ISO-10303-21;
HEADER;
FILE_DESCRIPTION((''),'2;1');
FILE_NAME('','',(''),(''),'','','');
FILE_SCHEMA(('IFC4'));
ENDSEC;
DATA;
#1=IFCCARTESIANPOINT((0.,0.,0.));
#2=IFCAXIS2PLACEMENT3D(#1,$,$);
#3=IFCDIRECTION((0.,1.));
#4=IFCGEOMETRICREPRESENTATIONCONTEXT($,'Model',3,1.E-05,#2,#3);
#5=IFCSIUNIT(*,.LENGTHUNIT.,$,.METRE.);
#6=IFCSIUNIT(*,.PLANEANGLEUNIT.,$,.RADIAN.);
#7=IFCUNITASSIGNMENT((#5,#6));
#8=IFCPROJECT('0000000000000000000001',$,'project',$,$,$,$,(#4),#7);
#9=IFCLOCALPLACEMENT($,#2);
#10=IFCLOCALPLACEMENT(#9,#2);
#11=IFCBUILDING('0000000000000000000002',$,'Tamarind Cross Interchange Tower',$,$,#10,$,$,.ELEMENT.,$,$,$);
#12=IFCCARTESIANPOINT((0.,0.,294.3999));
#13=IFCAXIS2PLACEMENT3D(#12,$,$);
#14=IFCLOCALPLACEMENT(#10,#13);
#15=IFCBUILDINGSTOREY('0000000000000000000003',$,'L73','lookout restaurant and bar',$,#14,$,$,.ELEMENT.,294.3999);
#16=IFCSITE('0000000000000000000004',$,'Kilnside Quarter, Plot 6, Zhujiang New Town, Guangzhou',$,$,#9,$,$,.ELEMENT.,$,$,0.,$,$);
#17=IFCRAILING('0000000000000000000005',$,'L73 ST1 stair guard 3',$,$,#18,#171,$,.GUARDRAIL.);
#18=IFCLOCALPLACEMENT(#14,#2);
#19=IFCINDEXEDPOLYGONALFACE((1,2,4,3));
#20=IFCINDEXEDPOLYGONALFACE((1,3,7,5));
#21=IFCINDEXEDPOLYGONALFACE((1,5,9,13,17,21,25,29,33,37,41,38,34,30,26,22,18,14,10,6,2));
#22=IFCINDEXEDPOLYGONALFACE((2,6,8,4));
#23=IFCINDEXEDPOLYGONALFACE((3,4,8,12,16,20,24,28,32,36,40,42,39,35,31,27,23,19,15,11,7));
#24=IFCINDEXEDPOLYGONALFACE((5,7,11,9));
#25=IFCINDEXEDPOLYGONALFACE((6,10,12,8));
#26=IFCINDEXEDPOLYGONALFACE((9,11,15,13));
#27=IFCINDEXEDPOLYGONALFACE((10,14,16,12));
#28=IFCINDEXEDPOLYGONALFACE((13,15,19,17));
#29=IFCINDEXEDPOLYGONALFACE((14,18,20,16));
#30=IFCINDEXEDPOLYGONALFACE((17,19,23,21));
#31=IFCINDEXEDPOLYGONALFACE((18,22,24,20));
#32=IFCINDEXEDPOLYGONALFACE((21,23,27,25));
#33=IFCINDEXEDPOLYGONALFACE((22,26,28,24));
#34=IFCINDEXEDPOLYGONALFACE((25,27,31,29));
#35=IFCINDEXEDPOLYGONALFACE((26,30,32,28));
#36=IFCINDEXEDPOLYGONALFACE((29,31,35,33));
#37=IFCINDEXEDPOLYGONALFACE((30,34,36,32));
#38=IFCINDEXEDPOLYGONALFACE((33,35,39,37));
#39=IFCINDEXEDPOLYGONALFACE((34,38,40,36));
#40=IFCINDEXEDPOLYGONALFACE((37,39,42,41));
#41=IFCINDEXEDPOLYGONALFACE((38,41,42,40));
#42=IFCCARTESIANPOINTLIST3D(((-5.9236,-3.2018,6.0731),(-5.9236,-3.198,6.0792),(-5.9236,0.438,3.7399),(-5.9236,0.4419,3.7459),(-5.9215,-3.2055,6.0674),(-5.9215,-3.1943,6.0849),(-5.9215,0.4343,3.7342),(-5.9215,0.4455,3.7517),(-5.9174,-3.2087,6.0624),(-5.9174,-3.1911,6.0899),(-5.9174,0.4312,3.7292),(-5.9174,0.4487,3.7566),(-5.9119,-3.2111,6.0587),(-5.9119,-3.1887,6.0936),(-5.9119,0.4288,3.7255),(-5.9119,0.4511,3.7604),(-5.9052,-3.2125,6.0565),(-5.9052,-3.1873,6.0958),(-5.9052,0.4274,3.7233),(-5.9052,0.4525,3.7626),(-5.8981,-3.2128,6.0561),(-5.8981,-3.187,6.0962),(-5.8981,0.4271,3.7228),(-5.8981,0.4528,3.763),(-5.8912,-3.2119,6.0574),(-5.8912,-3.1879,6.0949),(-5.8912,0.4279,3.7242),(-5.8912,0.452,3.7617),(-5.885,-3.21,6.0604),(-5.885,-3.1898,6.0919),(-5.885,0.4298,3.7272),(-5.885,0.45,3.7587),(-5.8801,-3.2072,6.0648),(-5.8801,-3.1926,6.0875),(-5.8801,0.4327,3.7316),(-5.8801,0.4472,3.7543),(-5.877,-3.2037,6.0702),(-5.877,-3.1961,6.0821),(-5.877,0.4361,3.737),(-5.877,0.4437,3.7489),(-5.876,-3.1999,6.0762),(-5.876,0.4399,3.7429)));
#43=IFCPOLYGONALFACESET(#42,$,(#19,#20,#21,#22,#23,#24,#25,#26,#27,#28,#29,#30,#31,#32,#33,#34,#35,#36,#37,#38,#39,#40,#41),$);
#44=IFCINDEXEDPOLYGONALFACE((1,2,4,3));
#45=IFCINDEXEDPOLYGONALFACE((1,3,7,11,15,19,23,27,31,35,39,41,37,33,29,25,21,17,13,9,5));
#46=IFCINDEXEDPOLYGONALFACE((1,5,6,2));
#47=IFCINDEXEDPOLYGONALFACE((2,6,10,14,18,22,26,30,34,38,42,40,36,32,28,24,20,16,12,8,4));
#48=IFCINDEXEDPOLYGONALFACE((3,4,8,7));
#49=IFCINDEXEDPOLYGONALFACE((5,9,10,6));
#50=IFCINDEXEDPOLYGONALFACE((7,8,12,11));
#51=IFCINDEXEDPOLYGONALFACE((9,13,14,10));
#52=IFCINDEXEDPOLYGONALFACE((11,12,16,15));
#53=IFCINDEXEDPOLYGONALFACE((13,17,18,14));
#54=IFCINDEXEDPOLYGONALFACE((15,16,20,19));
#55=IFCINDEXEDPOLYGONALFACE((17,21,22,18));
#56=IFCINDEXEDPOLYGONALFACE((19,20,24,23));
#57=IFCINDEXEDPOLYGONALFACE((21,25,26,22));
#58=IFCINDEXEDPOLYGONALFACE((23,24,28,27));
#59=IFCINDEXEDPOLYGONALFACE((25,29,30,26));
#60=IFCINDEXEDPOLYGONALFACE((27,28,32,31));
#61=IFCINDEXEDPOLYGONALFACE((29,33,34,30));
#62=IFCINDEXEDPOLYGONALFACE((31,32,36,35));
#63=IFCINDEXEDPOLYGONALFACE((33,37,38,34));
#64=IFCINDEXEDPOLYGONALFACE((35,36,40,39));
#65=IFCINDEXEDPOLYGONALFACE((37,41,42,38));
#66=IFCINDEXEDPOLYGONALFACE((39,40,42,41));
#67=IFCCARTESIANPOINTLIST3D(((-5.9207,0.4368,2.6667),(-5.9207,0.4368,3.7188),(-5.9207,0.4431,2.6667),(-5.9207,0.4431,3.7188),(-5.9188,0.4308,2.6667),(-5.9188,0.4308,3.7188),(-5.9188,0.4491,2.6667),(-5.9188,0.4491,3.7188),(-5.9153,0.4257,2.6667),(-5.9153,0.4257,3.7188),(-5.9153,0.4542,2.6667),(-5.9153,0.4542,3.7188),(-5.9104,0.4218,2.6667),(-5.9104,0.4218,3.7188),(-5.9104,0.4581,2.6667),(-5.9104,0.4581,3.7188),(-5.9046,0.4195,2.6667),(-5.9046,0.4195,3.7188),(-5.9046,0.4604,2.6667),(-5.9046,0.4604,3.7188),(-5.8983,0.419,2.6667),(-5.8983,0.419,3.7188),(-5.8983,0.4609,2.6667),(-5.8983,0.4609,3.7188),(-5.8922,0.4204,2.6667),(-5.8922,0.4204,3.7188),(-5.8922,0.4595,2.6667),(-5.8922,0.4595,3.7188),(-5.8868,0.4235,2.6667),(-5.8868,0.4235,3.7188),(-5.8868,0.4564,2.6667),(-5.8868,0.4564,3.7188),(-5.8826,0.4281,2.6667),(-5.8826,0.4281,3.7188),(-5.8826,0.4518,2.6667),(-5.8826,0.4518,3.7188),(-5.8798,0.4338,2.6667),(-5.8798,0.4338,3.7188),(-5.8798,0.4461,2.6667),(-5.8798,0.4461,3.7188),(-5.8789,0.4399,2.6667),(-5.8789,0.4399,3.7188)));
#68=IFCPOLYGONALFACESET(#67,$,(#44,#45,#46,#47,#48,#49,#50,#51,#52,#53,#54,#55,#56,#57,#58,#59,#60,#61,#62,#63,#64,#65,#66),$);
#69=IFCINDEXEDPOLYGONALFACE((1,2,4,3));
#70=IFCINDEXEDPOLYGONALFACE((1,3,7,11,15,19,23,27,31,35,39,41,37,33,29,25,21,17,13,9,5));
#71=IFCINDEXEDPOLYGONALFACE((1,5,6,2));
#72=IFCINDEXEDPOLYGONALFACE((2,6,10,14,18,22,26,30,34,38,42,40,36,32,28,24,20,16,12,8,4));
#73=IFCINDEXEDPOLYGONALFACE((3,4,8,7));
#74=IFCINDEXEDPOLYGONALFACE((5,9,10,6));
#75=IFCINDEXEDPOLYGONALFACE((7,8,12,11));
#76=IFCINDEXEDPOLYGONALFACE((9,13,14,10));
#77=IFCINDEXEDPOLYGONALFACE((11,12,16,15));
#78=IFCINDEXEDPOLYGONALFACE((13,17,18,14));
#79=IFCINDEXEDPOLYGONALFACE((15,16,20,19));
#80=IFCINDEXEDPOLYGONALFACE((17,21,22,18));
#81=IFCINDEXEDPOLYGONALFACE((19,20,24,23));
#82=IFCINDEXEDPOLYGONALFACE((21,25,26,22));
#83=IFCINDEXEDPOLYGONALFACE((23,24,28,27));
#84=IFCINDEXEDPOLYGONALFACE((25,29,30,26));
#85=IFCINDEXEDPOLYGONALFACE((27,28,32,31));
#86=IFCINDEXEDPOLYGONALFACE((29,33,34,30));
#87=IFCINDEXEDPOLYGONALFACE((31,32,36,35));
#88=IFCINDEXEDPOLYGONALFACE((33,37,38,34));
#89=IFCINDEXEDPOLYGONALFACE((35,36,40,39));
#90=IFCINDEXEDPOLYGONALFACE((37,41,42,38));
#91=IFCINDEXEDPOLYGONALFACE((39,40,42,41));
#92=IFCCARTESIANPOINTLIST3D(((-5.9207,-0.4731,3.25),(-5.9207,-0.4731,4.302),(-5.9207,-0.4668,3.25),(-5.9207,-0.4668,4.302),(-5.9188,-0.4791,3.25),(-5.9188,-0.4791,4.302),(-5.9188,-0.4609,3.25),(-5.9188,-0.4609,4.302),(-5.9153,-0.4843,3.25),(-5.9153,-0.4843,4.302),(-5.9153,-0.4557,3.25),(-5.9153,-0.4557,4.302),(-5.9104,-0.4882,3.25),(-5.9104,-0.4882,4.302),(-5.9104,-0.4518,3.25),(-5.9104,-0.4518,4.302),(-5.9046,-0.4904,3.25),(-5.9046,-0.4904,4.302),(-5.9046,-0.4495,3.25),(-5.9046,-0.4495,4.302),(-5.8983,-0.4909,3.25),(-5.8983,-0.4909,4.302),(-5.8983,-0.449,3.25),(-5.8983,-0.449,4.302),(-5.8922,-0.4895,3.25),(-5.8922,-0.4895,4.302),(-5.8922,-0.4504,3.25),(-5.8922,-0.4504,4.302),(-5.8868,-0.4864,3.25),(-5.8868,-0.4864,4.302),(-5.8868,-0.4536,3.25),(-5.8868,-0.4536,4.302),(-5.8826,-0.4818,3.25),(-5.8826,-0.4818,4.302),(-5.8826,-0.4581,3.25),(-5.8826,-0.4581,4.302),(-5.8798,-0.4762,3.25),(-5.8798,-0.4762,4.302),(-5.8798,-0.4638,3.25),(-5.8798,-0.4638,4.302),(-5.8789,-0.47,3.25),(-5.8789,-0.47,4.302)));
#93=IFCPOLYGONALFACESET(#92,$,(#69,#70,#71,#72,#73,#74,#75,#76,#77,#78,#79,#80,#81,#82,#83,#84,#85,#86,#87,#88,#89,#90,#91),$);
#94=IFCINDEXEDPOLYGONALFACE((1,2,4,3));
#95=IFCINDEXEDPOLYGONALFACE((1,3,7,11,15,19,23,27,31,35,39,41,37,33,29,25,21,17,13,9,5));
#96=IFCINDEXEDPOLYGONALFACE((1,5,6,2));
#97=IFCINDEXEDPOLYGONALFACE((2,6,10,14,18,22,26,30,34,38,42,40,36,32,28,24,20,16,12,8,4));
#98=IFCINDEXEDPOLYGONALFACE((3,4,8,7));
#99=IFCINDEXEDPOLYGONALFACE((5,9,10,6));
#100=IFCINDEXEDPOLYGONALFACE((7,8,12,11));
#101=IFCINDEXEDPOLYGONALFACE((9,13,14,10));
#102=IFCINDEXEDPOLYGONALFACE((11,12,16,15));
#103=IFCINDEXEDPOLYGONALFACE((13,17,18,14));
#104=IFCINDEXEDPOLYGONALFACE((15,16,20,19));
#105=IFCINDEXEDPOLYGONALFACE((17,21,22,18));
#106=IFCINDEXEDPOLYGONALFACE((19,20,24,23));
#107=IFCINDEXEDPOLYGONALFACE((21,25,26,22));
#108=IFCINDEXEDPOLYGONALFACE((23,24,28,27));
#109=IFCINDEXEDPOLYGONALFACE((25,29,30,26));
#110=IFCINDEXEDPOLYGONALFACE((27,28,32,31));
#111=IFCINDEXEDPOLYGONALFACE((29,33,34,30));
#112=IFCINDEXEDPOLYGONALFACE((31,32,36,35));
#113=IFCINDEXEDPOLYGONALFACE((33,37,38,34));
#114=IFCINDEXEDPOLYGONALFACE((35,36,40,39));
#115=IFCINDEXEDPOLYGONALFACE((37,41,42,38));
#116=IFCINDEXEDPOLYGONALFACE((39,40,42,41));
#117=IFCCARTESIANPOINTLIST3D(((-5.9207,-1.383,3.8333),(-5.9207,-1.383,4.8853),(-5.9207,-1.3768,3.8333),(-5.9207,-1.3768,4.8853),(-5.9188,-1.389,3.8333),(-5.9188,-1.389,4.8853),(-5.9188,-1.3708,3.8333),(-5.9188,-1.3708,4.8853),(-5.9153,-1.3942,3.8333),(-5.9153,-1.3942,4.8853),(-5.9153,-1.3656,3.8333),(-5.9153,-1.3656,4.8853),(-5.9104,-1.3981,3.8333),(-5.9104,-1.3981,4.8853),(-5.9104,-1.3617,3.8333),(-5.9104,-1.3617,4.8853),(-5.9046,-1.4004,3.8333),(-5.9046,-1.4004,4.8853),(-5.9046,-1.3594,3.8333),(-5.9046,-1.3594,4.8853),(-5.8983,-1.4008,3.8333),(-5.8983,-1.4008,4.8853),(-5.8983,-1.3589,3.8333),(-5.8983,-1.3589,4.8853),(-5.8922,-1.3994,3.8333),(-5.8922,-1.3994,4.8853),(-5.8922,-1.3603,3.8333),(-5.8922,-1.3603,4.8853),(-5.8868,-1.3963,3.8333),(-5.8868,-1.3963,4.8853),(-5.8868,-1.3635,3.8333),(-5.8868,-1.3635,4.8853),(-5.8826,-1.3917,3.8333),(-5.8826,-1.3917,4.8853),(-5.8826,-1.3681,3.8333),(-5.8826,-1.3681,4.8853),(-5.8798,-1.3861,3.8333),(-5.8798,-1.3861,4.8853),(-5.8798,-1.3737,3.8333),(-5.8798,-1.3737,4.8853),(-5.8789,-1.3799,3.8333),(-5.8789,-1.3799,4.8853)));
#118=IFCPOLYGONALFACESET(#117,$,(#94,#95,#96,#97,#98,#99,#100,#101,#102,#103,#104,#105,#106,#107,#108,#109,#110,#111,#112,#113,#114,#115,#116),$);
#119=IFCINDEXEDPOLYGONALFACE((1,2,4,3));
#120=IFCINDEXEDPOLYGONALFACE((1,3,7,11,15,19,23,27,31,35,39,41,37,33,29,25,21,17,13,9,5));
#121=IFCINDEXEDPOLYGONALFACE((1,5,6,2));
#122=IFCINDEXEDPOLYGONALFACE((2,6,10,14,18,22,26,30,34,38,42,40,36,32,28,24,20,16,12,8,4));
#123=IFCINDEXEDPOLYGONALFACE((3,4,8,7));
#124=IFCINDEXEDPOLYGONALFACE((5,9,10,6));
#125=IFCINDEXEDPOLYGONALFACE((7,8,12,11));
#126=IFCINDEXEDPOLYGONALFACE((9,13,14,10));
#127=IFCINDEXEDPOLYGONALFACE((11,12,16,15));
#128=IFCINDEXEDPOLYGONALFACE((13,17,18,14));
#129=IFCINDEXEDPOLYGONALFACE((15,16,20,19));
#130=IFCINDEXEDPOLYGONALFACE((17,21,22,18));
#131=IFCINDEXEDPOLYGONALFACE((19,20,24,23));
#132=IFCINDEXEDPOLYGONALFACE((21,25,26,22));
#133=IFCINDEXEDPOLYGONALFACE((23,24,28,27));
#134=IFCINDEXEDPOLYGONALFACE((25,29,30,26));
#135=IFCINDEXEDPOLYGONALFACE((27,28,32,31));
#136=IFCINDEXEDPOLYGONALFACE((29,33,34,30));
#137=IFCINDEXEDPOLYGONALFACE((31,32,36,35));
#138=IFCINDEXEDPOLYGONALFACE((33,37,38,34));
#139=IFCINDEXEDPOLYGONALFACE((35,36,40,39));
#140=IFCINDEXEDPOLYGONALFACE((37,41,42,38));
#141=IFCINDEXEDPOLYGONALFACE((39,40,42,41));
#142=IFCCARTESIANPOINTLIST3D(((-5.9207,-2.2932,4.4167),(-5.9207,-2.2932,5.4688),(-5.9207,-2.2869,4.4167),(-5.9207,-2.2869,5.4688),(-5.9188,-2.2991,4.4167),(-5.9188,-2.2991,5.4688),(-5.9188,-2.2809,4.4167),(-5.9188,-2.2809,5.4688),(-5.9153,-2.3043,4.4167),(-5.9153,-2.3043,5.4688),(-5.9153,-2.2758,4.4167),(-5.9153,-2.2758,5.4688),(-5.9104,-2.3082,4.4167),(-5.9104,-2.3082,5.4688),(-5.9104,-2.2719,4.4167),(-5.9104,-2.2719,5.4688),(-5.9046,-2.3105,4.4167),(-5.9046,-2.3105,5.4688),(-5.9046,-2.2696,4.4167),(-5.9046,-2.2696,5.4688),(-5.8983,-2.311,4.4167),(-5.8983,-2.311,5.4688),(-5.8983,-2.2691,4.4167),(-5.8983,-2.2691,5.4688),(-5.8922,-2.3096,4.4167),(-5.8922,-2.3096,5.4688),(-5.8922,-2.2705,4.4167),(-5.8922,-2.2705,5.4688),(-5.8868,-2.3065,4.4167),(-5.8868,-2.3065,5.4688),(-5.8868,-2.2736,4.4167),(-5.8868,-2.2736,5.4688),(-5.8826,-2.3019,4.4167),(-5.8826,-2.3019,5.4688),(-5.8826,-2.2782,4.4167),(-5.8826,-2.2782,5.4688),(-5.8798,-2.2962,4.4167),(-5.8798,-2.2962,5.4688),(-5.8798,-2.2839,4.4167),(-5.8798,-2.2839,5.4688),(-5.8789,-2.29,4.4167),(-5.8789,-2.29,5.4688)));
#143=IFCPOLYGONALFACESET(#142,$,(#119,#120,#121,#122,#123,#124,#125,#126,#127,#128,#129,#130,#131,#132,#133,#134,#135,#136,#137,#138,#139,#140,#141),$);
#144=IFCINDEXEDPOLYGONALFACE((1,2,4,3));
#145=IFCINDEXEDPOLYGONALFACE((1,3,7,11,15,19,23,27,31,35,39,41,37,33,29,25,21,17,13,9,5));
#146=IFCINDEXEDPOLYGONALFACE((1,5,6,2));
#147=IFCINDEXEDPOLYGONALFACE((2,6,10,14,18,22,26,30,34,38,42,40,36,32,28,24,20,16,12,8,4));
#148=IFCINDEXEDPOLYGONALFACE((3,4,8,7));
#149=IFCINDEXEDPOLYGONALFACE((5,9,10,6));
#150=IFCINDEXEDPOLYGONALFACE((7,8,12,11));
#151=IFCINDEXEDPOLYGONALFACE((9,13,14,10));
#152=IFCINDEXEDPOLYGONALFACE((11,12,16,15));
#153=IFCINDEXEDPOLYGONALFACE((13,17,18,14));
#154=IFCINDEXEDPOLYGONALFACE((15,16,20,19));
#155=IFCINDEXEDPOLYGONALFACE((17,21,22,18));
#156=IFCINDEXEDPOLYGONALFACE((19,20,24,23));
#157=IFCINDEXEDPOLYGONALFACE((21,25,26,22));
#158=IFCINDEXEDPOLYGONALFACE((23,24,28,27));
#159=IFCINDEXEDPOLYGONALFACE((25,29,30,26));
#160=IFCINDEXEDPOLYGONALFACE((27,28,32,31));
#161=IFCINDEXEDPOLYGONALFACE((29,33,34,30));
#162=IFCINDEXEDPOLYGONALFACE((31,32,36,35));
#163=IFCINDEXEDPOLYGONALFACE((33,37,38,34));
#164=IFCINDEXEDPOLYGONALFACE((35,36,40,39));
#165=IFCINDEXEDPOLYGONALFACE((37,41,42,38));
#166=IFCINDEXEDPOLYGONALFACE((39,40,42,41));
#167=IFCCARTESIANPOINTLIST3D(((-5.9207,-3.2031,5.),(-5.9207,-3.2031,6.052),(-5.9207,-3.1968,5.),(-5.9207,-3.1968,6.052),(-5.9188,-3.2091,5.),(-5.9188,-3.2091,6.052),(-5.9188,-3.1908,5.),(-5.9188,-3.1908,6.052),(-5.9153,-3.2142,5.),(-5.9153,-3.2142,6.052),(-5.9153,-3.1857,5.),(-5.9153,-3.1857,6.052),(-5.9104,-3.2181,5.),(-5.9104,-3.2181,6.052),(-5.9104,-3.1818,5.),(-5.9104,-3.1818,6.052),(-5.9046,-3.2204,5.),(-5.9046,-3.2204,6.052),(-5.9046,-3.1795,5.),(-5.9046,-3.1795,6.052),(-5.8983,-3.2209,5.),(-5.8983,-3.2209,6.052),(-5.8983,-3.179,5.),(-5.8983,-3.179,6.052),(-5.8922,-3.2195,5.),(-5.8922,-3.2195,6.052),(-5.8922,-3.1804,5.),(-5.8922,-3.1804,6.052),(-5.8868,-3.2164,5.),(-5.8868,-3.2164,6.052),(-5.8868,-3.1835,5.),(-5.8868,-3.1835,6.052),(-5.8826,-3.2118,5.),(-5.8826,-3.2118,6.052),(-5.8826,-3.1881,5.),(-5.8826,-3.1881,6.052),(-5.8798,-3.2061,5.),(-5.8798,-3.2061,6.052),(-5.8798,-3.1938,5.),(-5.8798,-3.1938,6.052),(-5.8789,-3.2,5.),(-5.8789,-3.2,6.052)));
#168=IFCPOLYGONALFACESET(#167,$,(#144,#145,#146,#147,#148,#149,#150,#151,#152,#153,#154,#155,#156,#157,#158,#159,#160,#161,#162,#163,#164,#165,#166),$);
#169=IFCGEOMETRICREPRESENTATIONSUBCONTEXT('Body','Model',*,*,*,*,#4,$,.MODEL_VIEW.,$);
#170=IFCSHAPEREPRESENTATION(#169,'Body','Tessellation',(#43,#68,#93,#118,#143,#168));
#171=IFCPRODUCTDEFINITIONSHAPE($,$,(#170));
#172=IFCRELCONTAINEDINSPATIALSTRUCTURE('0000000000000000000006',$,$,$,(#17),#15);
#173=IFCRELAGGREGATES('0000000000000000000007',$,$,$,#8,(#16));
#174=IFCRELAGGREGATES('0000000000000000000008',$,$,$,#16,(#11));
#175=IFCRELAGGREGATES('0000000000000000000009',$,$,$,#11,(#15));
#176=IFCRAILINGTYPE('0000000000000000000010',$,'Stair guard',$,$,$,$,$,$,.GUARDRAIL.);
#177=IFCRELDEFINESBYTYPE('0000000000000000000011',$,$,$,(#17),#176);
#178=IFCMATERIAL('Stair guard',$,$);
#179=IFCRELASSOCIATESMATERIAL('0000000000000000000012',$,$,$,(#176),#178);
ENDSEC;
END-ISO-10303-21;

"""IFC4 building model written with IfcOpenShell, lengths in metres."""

from ifc_helpers import new_model, si_unit, direction, frame, origin, origin_2d, place, context, subcontext, project, spatial, circle, extrude, material, type_object, element, save


model = new_model("IFC4")

# Units and contexts
model_context = context("Model", 3, precision=1e-05, world=origin(), true_north=direction((0.0, 1.0)))
body_context = subcontext(model_context, "Body", "Model", "MODEL_VIEW")
ifc_project = project(units=[si_unit("LENGTHUNIT", "METRE"), si_unit("PLANEANGLEUNIT", "RADIAN")], contexts=[model_context])

# Site, building, storey
site_placement = place(None, origin())
site = spatial("IfcSite", under=ifc_project, at=site_placement, Name="Kilnside Quarter, Plot 6, Zhujiang New Town, Guangzhou", CompositionType="ELEMENT", RefElevation=0.0)
building_placement = place(site_placement, origin())
building = spatial("IfcBuilding", under=site, at=building_placement, Name="Tamarind Cross Interchange Tower", CompositionType="ELEMENT")
storey_placement = place(building_placement, frame((0.0, 0.0, 294.3999)))
storey = spatial("IfcBuildingStorey", under=building, at=storey_placement, Name="L73", Description="lookout restaurant and bar", CompositionType="ELEMENT", Elevation=294.3999)

# Railing
ifc_material_1 = material(Name="Stair guard")
railing_type_1 = type_object("IfcRailingType", Name="Stair guard", PredefinedType="GUARDRAIL", material=ifc_material_1)
railing_1_placement = place(storey_placement, frame((-5.8999, 0.4399, 2.6667)))
element("IfcRailing", 1, at=railing_1_placement, inside=storey, type_object=railing_type_1, Name="L73 ST1 stair guard 3", PredefinedType="GUARDRAIL", context=body_context, shape_type="SweptSolid", body=[
    extrude(circle(Radius=0.0239, at=origin_2d()), frame((0.0, 0.0, 1.0762), z_axis=(0.0, -0.84188, 0.539664), x_axis=(1.0, 0.0, 0.0)), (0.0, 0.0, 1.0), 4.3235),
    extrude(circle(Radius=0.021, at=origin_2d()), origin(), (0.0, 0.0, 1.0), 1.052),
    extrude(circle(Radius=0.021, at=origin_2d()), frame((0.0, -0.9099, 0.5833)), (0.0, 0.0, 1.0), 1.052),
    extrude(circle(Radius=0.021, at=origin_2d()), frame((0.0, -1.8198, 1.1665)), (0.0, 0.0, 1.0), 1.052),
    extrude(circle(Radius=0.021, at=origin_2d()), frame((0.0, -2.73, 1.75)), (0.0, 0.0, 1.0), 1.052),
    extrude(circle(Radius=0.021, at=origin_2d()), frame((0.0, -3.6399, 2.3333)), (0.0, 0.0, 1.0), 1.052),
])

save(model, "model.ifc")
